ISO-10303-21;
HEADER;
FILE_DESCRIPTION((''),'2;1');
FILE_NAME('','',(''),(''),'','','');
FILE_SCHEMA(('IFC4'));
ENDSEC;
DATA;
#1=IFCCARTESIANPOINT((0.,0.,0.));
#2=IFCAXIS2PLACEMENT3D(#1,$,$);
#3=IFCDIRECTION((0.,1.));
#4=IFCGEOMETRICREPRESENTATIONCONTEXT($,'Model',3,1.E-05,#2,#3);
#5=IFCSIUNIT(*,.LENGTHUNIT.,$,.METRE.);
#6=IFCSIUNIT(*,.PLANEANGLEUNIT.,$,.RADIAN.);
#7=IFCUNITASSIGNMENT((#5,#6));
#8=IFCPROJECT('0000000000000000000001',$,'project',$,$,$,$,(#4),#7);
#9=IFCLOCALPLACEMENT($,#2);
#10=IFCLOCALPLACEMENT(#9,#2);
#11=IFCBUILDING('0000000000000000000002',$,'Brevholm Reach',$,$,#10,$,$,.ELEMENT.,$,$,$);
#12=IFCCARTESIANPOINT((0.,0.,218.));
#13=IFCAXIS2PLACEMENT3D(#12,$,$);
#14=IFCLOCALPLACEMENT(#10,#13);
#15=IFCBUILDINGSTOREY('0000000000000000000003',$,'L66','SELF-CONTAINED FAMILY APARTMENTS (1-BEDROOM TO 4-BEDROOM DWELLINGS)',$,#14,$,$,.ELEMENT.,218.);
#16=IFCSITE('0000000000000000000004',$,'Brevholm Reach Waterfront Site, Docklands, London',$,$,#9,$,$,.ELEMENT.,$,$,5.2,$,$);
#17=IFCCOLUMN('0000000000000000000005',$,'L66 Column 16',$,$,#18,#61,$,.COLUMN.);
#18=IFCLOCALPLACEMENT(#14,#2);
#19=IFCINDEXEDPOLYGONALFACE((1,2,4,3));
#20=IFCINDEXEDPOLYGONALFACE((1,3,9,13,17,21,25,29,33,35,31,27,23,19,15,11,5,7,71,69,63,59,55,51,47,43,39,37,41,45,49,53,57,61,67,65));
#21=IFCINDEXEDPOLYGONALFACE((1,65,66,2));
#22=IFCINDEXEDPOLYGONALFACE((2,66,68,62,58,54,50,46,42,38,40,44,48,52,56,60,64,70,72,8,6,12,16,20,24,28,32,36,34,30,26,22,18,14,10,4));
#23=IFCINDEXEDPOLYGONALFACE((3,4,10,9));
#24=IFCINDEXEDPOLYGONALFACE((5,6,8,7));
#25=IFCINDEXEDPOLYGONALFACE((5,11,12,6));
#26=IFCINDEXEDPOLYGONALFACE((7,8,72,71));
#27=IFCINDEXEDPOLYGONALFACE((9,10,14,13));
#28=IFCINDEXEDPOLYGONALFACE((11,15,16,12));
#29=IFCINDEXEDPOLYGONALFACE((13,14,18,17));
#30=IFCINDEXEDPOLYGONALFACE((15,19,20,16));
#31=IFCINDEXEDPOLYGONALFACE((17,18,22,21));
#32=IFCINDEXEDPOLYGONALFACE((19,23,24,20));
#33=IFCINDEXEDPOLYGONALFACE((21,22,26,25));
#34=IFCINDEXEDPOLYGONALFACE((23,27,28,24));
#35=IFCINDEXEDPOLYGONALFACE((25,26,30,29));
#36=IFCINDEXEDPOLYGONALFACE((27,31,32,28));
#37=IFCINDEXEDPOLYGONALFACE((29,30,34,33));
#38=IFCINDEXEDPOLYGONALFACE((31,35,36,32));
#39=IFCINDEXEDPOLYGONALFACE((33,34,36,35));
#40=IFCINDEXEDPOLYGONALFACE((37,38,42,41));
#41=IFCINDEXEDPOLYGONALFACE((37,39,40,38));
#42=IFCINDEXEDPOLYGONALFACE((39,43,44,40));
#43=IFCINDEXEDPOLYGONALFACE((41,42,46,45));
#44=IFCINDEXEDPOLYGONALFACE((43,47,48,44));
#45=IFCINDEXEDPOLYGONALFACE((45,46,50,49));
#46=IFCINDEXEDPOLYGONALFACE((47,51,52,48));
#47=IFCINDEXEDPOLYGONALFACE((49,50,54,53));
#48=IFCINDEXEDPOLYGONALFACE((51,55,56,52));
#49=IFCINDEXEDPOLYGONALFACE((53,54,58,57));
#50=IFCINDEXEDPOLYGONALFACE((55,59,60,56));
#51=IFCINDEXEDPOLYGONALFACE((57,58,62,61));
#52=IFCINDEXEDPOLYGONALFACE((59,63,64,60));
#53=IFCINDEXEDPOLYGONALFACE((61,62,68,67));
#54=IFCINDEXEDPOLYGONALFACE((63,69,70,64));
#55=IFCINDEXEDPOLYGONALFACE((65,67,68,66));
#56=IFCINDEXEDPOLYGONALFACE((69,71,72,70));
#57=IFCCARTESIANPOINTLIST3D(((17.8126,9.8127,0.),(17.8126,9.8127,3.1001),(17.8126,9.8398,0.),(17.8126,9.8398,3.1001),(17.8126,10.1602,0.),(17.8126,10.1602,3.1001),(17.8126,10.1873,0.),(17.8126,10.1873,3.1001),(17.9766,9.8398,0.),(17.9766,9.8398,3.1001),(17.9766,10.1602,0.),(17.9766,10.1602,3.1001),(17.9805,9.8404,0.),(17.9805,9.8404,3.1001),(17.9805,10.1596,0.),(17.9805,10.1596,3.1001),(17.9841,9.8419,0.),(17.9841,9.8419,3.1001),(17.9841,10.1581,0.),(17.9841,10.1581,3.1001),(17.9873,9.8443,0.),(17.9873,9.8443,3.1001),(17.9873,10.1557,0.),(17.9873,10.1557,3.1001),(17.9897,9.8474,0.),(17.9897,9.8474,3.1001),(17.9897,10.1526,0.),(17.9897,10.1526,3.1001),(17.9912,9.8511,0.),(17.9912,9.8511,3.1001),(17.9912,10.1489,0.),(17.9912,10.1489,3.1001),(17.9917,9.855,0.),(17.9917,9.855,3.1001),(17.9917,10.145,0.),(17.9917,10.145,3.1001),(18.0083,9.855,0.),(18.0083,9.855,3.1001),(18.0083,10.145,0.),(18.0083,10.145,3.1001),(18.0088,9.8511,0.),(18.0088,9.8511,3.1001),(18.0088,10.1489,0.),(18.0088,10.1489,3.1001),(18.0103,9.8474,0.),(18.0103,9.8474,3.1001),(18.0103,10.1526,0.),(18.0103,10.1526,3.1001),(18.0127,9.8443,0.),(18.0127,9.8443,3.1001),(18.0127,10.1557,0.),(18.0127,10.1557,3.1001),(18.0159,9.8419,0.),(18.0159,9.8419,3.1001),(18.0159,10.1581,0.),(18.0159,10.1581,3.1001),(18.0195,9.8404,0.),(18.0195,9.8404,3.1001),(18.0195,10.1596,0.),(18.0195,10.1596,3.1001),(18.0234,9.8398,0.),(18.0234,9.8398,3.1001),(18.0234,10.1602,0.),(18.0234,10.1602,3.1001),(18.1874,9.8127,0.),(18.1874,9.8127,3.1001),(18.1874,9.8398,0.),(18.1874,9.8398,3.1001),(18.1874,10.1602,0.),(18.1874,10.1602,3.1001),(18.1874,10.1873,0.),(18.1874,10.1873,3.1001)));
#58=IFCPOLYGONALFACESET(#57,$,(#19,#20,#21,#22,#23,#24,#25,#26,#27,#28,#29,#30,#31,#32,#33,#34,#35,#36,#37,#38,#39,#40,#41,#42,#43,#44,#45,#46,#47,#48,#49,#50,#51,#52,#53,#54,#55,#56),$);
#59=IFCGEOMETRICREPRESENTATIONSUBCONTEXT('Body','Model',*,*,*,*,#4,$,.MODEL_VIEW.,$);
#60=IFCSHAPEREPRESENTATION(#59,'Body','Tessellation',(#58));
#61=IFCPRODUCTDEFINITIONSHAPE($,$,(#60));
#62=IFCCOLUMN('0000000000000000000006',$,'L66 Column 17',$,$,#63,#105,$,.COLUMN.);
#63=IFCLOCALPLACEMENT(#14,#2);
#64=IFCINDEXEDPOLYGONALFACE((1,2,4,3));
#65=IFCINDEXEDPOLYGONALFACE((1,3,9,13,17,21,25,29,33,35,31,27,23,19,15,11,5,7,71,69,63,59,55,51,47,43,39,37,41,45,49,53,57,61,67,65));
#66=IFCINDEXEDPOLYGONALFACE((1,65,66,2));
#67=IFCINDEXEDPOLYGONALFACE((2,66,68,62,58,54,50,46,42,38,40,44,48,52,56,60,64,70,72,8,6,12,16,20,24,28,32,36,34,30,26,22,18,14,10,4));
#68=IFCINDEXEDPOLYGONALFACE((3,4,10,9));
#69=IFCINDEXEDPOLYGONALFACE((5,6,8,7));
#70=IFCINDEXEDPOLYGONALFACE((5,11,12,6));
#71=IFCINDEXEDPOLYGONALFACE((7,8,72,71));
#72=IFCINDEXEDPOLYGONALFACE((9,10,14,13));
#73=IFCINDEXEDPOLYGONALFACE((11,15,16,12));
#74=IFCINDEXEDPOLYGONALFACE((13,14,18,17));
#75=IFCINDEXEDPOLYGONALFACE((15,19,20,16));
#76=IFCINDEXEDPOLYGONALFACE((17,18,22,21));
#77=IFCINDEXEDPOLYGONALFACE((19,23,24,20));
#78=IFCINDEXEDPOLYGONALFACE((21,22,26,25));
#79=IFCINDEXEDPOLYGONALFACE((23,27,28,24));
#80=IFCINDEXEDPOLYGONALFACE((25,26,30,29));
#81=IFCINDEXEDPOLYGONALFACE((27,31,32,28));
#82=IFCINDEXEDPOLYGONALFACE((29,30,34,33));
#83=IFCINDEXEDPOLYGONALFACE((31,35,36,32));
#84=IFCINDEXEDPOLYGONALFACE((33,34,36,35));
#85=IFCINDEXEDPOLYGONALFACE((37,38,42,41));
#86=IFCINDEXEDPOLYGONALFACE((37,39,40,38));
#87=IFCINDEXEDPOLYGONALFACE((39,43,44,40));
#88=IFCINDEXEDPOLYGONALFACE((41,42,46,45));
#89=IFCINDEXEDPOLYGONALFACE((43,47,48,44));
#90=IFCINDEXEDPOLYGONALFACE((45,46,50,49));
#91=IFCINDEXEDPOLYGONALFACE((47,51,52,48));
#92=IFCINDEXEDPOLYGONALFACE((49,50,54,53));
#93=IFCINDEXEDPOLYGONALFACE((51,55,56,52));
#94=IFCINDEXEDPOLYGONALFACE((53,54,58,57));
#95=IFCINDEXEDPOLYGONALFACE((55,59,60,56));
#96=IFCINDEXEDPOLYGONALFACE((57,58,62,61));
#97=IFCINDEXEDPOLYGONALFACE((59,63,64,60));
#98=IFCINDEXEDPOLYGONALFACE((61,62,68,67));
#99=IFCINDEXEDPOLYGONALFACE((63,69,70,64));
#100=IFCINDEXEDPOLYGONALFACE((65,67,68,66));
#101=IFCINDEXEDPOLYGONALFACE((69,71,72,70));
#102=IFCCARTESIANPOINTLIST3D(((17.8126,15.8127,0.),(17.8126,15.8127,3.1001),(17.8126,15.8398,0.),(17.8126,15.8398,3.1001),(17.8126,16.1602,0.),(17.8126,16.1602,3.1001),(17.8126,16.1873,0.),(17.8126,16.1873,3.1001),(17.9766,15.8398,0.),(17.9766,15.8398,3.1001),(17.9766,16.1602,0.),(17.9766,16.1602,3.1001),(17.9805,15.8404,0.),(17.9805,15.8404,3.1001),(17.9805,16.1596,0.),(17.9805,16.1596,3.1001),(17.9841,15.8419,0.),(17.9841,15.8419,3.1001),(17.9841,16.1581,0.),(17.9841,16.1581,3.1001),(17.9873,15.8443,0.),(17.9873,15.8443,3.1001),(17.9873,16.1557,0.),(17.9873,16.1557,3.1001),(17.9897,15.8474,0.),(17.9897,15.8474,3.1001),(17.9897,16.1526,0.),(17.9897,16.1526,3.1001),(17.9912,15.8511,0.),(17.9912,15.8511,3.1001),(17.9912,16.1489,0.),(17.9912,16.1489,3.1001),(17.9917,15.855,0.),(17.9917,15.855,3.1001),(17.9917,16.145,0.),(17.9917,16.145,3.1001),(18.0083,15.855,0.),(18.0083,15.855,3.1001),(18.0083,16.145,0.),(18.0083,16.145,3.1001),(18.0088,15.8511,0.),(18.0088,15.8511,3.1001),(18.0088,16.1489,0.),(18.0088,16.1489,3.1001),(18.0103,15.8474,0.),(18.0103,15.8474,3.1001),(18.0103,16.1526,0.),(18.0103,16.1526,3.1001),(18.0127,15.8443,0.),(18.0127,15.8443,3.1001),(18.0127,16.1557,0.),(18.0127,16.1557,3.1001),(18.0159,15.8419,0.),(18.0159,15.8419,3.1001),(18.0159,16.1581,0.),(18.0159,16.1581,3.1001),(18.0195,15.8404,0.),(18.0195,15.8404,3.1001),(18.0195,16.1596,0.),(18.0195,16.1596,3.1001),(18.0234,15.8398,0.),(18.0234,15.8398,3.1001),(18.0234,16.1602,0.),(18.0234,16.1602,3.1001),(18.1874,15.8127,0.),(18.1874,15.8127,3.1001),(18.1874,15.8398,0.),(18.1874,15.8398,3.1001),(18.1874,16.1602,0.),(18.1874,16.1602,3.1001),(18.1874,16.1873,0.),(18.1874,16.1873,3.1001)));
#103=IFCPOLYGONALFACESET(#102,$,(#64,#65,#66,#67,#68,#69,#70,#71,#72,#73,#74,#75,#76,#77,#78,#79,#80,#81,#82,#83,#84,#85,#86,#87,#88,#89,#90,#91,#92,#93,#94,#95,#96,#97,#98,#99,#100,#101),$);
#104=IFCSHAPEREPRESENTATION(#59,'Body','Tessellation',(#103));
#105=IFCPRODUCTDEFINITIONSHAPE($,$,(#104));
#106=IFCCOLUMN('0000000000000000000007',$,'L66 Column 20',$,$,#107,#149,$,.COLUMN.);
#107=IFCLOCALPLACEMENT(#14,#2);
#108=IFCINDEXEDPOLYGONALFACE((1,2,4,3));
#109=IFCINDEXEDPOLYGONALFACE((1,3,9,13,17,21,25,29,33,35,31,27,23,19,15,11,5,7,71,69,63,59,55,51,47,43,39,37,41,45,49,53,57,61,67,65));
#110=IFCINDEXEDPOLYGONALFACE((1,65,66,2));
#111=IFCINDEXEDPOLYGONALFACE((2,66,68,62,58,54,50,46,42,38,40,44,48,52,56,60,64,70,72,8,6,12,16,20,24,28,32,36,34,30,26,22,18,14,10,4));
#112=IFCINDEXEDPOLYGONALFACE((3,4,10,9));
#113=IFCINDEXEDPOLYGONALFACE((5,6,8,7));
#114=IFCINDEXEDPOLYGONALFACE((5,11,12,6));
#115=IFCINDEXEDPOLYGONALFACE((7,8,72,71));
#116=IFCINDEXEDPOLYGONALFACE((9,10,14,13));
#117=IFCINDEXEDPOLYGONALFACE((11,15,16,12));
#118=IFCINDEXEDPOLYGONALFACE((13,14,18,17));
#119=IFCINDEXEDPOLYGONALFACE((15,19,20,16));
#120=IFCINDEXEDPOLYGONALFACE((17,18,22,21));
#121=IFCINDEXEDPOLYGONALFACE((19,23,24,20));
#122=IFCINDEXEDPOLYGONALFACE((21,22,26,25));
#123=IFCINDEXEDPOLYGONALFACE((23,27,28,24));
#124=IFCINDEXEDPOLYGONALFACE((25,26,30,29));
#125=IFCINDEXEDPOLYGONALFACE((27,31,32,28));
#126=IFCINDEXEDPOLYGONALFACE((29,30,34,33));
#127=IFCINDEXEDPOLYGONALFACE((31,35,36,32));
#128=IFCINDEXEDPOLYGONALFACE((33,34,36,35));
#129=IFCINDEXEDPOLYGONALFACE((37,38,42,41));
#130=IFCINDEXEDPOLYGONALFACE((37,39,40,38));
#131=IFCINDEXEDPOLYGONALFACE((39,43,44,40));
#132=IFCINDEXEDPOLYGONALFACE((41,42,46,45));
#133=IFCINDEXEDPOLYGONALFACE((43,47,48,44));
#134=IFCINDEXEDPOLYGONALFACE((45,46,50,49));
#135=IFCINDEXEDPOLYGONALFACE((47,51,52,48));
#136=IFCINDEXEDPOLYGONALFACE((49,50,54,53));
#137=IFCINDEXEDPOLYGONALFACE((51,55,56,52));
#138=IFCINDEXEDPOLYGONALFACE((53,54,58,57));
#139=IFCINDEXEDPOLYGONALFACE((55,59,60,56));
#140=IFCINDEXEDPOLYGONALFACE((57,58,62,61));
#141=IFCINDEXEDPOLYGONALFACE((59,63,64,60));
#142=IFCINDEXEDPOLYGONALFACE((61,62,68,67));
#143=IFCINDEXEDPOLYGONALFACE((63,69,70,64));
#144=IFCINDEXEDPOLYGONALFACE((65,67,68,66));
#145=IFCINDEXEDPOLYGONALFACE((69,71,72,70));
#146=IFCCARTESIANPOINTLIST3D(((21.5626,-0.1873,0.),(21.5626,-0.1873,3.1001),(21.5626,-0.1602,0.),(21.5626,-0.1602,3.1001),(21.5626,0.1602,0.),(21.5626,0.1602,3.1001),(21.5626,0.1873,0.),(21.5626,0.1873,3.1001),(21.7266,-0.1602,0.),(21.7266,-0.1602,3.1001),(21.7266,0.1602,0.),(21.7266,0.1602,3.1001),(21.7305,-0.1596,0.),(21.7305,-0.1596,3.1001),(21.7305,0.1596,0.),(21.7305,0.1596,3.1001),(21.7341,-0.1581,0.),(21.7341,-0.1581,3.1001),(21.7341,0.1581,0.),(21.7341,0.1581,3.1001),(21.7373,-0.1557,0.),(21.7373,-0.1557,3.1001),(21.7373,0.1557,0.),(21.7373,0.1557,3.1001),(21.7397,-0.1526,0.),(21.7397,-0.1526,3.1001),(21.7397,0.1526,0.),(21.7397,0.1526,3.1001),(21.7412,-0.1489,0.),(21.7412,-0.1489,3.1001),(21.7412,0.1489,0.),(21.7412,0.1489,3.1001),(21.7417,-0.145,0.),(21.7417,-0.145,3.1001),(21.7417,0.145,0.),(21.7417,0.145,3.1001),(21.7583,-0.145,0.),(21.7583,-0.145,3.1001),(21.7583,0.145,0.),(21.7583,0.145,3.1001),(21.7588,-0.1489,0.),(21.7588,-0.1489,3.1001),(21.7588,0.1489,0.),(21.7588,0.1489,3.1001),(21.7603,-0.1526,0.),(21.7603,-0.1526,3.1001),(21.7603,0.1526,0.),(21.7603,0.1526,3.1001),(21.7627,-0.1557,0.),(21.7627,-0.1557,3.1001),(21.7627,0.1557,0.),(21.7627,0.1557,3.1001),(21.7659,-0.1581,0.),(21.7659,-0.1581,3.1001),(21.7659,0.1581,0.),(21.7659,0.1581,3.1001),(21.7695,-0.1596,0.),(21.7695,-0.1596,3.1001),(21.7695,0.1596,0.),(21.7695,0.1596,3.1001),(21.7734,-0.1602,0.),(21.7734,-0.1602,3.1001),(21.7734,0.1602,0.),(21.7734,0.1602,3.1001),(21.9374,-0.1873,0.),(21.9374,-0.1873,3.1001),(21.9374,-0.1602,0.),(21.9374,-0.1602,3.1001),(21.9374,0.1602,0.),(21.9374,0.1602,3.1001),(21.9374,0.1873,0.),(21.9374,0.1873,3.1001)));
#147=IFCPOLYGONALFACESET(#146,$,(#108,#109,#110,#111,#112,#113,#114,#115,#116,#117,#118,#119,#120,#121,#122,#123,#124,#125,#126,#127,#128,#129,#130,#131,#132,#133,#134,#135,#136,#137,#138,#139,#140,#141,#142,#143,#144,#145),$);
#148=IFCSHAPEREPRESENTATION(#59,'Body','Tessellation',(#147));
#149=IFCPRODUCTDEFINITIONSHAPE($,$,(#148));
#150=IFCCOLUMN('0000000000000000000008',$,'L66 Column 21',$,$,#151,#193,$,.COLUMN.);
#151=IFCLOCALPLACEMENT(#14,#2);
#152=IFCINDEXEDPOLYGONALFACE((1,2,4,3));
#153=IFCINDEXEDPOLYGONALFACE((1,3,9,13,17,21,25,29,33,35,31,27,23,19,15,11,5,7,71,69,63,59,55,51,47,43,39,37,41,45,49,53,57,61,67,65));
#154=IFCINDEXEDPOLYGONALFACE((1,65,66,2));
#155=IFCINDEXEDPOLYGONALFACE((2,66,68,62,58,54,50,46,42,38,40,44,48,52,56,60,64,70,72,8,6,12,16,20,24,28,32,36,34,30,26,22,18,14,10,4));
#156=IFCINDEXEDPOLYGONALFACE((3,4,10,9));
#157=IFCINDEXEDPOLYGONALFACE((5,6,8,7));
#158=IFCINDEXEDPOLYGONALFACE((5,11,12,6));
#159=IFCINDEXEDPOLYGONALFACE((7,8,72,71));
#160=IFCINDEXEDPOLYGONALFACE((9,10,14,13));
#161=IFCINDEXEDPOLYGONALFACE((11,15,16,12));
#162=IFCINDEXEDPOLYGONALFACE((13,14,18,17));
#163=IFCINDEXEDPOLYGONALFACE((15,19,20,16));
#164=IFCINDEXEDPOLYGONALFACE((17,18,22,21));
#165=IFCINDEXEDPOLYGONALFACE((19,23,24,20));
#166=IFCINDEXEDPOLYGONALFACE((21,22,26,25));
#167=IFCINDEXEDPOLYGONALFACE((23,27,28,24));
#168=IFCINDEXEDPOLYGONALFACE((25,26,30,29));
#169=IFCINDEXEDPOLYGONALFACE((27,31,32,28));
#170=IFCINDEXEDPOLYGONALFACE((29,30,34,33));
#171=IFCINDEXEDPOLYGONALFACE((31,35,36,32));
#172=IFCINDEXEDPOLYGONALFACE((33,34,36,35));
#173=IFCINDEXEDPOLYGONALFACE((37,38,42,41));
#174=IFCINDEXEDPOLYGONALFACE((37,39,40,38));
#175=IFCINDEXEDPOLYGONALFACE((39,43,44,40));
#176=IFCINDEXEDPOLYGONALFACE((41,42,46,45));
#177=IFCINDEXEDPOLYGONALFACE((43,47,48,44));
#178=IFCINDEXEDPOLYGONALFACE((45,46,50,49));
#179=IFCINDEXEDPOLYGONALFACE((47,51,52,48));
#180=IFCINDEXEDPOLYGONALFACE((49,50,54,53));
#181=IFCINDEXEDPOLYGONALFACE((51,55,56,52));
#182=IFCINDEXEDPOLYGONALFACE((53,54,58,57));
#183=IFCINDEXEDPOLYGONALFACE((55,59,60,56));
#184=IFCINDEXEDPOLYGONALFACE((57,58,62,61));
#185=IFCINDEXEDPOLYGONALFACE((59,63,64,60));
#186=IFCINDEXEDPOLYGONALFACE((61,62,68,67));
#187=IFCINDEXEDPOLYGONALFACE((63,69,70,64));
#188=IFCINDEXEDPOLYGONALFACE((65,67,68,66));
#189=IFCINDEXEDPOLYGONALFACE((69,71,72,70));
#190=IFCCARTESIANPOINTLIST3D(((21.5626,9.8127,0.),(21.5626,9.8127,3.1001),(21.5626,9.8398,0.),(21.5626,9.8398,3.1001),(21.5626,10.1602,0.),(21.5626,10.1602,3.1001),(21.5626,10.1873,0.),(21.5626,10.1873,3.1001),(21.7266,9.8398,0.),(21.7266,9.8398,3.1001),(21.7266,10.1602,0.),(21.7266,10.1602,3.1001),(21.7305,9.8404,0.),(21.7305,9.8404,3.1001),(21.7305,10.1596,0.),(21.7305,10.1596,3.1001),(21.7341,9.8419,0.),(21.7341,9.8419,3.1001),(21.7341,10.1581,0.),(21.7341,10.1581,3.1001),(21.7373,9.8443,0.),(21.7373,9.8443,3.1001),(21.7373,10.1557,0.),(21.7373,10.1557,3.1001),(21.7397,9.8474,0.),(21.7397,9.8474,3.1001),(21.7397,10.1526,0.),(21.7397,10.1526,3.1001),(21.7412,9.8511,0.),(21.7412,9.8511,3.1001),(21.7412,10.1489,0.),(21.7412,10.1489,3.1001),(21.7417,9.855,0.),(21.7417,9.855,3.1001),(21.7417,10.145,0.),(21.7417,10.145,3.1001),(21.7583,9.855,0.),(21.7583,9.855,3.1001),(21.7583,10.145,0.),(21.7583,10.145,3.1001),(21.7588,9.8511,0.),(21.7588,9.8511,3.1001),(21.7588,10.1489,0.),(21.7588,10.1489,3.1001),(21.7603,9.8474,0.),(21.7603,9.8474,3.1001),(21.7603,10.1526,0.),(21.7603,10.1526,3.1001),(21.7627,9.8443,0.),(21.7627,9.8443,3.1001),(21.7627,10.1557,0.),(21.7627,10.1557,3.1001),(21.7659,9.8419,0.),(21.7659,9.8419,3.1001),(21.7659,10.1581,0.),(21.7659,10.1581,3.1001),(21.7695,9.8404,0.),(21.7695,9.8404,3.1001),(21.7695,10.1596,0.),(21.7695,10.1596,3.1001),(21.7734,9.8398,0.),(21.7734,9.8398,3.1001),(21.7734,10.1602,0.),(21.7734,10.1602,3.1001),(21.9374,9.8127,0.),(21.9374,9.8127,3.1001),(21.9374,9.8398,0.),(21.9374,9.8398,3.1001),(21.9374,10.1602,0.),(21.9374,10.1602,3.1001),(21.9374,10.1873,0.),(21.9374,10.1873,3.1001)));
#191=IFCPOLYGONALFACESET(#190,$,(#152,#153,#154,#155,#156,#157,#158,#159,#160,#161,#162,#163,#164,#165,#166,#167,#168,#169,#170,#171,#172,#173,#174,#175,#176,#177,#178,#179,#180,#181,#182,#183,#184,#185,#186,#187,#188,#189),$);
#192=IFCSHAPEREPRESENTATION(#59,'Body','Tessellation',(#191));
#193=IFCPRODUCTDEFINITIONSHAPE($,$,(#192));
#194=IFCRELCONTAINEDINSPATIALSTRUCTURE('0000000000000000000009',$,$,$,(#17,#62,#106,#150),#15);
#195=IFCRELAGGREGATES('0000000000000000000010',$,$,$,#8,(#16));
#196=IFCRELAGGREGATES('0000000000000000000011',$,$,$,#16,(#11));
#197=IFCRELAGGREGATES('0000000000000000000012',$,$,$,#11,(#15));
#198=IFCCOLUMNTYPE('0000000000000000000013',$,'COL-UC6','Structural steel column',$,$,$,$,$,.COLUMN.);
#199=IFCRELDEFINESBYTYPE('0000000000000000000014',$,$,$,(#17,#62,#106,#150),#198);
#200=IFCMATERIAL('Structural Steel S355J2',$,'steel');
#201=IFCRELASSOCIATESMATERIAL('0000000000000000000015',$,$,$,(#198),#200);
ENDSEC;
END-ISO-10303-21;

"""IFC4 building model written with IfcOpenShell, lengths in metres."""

from ifc_helpers import new_model, si_unit, direction, frame, origin, origin_2d, place, context, subcontext, project, spatial, i_section, extrude, material, material_profile, profile_set, type_object, element, save


model = new_model("IFC4")

# Units and contexts
model_context = context("Model", 3, precision=1e-05, world=origin(), true_north=direction((0.0, 1.0)))
body_context = subcontext(model_context, "Body", "Model", "MODEL_VIEW")
ifc_project = project(units=[si_unit("LENGTHUNIT", "METRE"), si_unit("PLANEANGLEUNIT", "RADIAN")], contexts=[model_context])

# Site, building, storey
site_placement = place(None, origin())
site = spatial("IfcSite", under=ifc_project, at=site_placement, Name="Brevholm Reach Waterfront Site, Docklands, London", CompositionType="ELEMENT", RefElevation=5.2)
building_placement = place(site_placement, origin())
building = spatial("IfcBuilding", under=site, at=building_placement, Name="Brevholm Reach", CompositionType="ELEMENT")
storey_placement = place(building_placement, frame((0.0, 0.0, 218.0)))
storey = spatial("IfcBuildingStorey", under=building, at=storey_placement, Name="L66", Description="SELF-CONTAINED FAMILY APARTMENTS (1-BEDROOM TO 4-BEDROOM DWELLINGS)", CompositionType="ELEMENT", Elevation=218.0)

# Columns
ifc_material_1 = material(Name="Structural Steel S355J2", Category="steel")
ifc_material_profile_1 = material_profile(ifc_material_1, i_section(OverallWidth=0.3748, OverallDepth=0.3745, WebThickness=0.0166, FlangeThickness=0.0271, FilletRadius=0.0151, at=origin_2d()), Name="UKC 356x368x202")
ifc_profile_set_1 = profile_set([ifc_material_profile_1], Name="Structural Steel S355J2")
column_type = type_object("IfcColumnType", Name="COL-UC6", Description="Structural steel column", PredefinedType="COLUMN", material=ifc_profile_set_1)
for number, where, z_axis, x_axis, name in (
    (1, (18.0, 10.0, 0.0), (0.0, 0.0, 1.0), (1.0, 0.0, 0.0), "L66 Column 16"),
    (2, (18.0, 16.0, 0.0), (0.0, 0.0, 1.0), (1.0, 0.0, 0.0), "L66 Column 17"),
    (3, (21.75, 0.0, 0.0), (0.0, 0.0, 1.0), (1.0, 0.0, 0.0), "L66 Column 20"),
    (4, (21.75, 10.0, 0.0), (0.0, 0.0, 1.0), (1.0, 0.0, 0.0), "L66 Column 21"),
):
    element("IfcColumn", number, at=place(storey_placement, frame(where, z_axis=z_axis, x_axis=x_axis)), inside=storey, type_object=column_type, Name=name, PredefinedType="COLUMN", context=body_context, shape_type="SweptSolid", body=[
        extrude(i_section(OverallWidth=0.3748, OverallDepth=0.3745, WebThickness=0.0166, FlangeThickness=0.0271, FilletRadius=0.0151, at=origin_2d()), origin(), (0.0, 0.0, 1.0), 3.1001),
    ])

save(model, "model.ifc")
